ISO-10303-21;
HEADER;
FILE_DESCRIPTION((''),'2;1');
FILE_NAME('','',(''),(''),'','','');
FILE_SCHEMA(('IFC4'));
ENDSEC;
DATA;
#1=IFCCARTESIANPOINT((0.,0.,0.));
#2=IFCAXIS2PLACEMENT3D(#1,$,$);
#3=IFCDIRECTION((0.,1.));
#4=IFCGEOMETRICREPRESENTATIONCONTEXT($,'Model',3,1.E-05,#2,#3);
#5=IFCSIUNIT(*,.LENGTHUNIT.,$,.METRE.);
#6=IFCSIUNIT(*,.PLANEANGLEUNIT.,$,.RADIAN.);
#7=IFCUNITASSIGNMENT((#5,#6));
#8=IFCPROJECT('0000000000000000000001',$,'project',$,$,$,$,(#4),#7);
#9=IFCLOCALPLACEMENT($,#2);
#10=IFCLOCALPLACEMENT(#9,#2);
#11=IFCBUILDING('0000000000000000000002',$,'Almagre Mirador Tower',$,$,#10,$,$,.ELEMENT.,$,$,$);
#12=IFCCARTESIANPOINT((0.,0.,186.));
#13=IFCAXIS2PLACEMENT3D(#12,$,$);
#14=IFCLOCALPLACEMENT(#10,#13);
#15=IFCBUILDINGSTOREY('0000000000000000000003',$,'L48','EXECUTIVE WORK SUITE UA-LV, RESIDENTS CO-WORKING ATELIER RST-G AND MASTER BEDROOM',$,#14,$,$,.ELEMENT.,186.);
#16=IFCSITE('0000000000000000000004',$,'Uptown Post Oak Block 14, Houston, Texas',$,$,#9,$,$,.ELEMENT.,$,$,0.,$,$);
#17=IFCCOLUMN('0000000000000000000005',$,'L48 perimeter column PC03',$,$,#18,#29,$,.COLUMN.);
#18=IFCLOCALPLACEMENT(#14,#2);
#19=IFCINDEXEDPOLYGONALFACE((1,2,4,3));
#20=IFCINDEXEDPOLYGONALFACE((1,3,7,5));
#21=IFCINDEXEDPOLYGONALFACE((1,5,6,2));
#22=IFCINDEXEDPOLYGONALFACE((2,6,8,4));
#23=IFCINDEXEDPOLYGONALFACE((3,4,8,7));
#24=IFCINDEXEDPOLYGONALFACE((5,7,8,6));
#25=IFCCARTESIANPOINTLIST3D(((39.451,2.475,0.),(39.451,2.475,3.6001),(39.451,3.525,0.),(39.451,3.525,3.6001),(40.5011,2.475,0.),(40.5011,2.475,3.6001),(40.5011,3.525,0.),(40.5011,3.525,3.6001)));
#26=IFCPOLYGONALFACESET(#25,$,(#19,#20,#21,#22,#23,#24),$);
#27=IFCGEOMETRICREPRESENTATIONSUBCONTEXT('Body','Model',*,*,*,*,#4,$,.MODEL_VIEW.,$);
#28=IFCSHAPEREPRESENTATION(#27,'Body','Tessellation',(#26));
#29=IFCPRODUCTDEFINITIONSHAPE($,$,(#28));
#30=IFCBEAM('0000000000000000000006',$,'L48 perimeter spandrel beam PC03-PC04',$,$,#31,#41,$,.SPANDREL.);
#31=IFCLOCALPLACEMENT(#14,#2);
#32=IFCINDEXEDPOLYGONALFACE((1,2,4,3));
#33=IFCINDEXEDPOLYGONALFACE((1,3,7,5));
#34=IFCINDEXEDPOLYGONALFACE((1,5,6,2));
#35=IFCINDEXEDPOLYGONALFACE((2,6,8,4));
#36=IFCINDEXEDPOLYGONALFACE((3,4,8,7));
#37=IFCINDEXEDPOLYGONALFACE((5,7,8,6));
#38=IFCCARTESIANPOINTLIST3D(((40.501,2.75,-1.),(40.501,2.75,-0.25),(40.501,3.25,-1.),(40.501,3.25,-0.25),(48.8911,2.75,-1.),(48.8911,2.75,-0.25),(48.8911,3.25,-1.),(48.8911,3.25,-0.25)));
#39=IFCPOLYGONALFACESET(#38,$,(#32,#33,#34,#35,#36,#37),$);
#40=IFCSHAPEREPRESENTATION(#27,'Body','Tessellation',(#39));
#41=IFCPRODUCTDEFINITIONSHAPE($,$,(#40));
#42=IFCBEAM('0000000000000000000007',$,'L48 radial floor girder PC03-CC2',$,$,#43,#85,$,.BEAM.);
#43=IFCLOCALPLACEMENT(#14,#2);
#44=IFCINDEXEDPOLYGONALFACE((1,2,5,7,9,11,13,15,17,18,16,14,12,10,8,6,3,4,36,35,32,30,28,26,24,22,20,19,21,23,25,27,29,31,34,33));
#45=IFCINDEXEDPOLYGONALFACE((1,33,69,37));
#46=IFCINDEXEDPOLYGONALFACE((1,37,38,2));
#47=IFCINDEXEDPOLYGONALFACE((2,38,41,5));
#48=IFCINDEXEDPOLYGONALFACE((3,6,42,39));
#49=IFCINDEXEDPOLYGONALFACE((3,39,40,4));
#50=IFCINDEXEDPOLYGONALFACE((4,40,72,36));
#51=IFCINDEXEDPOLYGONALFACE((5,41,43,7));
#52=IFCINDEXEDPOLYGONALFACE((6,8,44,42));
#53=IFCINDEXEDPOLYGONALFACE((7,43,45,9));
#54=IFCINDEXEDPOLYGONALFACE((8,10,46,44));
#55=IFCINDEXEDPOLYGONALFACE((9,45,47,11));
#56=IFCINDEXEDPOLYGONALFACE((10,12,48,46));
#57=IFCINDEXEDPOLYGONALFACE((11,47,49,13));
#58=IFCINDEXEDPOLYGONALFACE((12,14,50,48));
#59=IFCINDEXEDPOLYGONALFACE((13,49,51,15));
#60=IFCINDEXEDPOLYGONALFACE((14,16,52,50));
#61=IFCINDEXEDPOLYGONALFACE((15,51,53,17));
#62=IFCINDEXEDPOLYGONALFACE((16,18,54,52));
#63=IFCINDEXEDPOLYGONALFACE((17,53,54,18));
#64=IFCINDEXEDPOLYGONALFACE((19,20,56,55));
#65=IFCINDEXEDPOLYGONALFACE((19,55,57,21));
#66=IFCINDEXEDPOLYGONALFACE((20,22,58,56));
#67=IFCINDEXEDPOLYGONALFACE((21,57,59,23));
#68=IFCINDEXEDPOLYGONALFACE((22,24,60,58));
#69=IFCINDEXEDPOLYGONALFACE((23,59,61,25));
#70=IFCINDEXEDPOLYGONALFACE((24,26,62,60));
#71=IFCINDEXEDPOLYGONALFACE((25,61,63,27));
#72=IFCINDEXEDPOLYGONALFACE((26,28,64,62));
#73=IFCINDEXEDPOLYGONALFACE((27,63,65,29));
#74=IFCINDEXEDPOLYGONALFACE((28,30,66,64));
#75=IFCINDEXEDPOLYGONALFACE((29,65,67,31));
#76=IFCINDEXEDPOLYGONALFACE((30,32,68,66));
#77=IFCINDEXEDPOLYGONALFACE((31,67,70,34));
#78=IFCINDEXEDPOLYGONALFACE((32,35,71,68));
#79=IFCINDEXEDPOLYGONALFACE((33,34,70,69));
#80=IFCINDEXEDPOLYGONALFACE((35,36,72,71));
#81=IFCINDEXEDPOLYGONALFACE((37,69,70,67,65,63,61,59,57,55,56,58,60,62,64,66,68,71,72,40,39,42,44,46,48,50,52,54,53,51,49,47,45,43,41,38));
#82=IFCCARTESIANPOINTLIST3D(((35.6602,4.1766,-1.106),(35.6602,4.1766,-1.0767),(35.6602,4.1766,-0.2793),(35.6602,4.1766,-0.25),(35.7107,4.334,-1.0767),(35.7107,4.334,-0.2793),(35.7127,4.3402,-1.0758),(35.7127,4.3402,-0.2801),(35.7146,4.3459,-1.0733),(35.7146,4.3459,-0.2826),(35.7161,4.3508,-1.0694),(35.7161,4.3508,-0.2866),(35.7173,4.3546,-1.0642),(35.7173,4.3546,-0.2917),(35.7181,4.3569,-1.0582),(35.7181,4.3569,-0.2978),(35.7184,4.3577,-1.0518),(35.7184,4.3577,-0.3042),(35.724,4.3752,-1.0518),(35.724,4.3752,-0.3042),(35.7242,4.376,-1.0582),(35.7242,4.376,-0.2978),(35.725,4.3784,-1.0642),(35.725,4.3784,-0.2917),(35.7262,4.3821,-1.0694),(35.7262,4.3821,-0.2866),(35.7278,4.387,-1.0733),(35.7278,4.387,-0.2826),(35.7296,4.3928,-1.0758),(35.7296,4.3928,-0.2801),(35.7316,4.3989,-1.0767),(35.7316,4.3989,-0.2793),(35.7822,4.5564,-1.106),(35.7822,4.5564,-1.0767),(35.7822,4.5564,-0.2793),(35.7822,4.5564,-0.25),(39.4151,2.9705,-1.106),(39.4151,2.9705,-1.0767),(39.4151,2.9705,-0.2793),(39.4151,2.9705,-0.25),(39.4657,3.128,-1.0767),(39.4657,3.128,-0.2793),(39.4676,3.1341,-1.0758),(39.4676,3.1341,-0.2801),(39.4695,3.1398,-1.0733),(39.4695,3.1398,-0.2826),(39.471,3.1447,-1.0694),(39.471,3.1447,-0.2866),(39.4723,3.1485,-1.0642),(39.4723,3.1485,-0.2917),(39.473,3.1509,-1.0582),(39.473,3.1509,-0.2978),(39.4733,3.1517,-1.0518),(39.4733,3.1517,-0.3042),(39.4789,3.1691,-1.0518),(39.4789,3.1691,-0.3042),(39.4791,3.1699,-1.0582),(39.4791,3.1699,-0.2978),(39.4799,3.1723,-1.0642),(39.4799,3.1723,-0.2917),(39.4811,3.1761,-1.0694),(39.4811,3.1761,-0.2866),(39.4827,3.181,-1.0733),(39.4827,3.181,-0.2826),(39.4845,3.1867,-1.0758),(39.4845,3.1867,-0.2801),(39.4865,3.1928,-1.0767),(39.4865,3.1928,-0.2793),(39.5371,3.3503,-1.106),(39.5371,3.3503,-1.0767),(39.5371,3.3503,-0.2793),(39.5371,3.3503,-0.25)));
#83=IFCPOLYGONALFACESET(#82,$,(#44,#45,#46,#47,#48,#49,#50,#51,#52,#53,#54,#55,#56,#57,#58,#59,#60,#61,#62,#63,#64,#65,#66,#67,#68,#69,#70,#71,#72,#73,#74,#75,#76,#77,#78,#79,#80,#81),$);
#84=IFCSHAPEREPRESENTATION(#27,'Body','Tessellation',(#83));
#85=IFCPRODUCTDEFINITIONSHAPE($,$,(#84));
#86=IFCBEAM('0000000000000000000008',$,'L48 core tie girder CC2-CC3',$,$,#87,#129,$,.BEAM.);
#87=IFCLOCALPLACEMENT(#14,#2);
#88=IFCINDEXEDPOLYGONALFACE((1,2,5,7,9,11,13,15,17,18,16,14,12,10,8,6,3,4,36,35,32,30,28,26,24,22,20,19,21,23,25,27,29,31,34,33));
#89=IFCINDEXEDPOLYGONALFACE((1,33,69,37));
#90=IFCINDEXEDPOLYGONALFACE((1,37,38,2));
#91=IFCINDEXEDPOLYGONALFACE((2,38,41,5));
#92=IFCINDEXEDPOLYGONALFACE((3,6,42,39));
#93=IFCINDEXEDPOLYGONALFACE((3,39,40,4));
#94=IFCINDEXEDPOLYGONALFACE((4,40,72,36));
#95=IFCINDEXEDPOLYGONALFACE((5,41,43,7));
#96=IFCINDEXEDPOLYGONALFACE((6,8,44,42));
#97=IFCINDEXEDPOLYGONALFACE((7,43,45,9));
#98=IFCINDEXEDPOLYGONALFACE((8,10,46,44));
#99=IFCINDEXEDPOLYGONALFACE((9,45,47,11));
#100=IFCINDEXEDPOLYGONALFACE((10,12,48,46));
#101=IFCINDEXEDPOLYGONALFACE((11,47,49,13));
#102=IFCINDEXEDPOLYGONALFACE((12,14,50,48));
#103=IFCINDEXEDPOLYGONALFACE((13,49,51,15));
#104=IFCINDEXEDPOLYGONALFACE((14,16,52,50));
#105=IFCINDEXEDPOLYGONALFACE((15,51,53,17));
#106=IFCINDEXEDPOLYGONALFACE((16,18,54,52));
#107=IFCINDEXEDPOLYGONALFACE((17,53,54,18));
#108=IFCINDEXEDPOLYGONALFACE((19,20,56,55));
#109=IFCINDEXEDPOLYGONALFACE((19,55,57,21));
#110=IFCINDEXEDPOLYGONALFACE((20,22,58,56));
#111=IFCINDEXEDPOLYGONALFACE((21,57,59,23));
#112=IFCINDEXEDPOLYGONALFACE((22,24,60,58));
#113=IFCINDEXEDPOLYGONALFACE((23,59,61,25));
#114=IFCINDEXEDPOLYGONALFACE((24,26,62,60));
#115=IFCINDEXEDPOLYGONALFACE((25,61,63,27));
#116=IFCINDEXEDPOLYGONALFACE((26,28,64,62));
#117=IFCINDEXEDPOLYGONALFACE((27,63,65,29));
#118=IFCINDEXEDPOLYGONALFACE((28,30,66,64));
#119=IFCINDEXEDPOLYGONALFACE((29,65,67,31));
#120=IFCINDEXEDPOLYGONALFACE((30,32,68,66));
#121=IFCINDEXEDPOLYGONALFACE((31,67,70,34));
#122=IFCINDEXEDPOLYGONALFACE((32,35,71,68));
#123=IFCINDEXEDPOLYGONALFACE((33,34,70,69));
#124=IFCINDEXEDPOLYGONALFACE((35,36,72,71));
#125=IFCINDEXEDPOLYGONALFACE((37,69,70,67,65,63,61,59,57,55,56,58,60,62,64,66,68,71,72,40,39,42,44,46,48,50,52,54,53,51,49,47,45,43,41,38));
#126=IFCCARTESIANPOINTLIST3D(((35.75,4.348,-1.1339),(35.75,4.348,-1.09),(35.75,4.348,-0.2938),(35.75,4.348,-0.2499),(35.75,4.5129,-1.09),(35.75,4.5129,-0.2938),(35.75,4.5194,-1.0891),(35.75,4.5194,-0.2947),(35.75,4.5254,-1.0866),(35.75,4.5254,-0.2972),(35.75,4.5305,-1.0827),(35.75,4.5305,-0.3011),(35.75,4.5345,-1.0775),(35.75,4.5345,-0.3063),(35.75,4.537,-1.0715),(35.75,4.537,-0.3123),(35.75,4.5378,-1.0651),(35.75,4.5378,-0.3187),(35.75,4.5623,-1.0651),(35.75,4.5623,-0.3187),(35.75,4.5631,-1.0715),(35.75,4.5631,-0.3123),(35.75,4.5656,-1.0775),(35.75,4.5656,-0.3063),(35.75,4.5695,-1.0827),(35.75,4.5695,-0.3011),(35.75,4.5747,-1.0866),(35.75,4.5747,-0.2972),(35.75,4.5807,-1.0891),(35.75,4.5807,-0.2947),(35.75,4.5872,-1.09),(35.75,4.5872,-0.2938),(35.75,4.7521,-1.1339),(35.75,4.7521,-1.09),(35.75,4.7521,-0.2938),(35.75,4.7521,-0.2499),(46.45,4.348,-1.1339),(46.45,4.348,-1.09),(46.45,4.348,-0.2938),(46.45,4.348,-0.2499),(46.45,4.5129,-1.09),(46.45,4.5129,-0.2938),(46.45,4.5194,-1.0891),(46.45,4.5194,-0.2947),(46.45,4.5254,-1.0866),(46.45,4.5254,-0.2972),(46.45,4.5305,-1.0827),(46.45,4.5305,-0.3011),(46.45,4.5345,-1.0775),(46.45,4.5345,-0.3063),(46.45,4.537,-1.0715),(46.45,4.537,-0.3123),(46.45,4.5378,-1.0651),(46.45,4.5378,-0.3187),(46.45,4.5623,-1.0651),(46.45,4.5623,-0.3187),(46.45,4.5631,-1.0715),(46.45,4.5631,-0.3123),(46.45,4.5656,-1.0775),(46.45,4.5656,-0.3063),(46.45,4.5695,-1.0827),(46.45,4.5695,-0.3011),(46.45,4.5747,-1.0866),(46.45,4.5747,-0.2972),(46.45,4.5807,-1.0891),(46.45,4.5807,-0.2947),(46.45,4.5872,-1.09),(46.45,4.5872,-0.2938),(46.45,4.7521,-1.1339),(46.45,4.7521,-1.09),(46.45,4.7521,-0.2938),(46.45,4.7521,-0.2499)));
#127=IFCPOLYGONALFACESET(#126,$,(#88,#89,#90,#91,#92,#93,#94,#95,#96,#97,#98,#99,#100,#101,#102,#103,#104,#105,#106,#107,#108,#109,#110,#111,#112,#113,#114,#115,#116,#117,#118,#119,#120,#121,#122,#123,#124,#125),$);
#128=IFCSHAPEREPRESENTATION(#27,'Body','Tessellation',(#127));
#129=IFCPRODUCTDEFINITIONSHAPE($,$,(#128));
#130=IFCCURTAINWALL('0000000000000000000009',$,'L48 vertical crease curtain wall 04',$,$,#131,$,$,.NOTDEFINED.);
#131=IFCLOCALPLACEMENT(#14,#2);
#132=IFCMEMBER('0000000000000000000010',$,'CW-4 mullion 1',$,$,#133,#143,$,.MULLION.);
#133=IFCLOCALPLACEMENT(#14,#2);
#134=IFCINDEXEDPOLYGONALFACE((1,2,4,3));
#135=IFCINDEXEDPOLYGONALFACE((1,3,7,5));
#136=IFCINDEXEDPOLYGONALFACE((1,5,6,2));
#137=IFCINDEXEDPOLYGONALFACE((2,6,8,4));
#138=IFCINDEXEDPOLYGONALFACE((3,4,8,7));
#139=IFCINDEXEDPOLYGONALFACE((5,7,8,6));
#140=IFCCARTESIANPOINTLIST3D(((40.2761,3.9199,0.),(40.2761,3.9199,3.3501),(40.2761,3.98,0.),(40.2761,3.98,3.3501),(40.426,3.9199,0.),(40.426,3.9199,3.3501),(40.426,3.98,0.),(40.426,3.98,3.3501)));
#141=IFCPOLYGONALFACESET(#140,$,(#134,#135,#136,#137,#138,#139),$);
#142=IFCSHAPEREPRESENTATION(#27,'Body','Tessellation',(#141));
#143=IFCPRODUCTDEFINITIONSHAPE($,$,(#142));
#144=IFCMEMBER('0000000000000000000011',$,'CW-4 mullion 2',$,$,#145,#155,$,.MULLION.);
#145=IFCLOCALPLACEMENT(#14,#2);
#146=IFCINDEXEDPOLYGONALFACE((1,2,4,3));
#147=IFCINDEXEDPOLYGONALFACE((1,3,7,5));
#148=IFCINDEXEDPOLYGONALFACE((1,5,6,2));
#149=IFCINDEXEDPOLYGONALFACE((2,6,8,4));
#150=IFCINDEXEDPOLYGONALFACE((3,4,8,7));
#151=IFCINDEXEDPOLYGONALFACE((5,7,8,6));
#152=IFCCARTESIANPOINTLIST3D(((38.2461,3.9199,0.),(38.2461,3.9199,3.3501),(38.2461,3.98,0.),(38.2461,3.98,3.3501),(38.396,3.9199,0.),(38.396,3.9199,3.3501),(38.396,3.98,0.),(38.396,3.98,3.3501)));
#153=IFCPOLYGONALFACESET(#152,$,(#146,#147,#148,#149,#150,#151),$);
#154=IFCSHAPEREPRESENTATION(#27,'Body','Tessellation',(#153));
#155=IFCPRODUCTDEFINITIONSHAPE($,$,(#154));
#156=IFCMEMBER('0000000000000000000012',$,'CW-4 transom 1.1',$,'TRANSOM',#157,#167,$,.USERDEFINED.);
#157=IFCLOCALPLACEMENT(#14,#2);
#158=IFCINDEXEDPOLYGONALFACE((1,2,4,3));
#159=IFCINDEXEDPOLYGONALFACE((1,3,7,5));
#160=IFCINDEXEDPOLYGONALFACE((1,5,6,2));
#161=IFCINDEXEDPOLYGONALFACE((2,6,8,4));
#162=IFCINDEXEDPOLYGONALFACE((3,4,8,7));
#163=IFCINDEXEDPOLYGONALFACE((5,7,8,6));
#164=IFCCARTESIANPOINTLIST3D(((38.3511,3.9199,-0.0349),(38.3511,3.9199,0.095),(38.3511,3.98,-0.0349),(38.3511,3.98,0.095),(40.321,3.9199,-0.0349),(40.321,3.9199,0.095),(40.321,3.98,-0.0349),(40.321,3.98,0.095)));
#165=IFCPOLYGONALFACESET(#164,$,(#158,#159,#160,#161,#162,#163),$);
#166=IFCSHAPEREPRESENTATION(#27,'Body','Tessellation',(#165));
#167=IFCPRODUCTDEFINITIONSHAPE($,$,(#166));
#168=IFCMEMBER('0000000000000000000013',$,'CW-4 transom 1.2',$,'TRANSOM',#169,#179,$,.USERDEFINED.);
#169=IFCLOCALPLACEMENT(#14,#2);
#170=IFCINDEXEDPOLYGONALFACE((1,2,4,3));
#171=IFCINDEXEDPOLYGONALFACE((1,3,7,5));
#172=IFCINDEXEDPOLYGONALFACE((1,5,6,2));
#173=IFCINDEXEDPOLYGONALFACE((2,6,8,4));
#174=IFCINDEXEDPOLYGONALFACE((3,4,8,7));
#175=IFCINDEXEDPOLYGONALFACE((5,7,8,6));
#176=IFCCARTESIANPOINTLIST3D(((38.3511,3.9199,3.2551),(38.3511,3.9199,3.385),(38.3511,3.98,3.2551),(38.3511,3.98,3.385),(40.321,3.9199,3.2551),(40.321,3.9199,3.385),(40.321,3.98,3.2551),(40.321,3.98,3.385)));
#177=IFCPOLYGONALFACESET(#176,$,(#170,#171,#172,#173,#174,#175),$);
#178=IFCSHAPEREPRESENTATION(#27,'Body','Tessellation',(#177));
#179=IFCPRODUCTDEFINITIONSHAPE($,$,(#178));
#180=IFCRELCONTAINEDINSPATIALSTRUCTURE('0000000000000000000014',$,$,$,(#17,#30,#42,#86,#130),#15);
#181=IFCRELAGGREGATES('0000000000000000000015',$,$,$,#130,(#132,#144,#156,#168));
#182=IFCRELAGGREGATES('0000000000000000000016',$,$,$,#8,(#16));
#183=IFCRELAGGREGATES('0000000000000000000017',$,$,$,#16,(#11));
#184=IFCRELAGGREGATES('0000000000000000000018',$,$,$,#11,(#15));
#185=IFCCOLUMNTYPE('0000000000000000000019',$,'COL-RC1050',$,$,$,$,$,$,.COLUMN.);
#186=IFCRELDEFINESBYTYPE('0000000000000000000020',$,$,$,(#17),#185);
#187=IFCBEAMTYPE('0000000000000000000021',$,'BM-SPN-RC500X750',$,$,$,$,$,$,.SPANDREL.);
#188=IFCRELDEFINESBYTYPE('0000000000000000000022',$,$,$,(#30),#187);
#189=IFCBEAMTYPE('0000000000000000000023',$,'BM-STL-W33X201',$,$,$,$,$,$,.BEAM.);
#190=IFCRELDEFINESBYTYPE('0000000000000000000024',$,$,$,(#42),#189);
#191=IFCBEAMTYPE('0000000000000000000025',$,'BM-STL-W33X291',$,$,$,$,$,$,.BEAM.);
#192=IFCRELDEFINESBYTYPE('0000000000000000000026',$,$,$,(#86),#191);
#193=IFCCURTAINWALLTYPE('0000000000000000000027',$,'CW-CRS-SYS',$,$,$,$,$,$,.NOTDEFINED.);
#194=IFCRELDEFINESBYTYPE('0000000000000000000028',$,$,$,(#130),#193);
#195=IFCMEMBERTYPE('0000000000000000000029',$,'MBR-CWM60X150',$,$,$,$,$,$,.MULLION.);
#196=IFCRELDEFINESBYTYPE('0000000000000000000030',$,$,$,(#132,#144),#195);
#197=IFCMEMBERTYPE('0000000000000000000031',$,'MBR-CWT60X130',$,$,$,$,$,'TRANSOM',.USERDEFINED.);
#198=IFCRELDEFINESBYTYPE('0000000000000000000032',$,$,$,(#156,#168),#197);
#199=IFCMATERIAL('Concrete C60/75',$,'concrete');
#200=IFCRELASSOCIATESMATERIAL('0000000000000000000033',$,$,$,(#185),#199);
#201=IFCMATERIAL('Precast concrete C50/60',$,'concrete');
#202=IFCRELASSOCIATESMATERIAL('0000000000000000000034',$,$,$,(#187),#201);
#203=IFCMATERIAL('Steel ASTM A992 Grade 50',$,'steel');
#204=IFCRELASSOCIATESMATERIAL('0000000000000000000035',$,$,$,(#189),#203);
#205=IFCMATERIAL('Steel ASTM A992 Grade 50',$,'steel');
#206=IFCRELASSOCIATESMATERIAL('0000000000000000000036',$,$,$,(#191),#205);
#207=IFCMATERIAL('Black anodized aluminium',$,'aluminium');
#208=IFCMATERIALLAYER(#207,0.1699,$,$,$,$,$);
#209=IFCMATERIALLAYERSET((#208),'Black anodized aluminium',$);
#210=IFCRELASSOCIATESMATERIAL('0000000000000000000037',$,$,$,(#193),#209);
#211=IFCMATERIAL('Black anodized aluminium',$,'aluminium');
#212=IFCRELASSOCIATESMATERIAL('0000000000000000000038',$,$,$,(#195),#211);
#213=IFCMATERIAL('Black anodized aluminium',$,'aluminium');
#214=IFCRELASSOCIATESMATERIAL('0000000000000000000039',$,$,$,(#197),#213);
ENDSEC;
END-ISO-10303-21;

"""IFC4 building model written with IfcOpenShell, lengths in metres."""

from ifc_helpers import new_model, si_unit, direction, frame, origin, origin_2d, place, context, subcontext, project, spatial, rectangle, i_section, extrude, material, layer, layer_set, material_profile, profile_set, type_object, element, aggregate, save


model = new_model("IFC4")

# Units and contexts
model_context = context("Model", 3, precision=1e-05, world=origin(), true_north=direction((0.0, 1.0)))
body_context = subcontext(model_context, "Body", "Model", "MODEL_VIEW")
ifc_project = project(units=[si_unit("LENGTHUNIT", "METRE"), si_unit("PLANEANGLEUNIT", "RADIAN")], contexts=[model_context])

# Site, building, storey
site_placement = place(None, origin())
site = spatial("IfcSite", under=ifc_project, at=site_placement, Name="Uptown Post Oak Block 14, Houston, Texas", CompositionType="ELEMENT", RefElevation=0.0)
building_placement = place(site_placement, origin())
building = spatial("IfcBuilding", under=site, at=building_placement, Name="Almagre Mirador Tower", CompositionType="ELEMENT")
storey_placement = place(building_placement, frame((0.0, 0.0, 186.0)))
storey = spatial("IfcBuildingStorey", under=building, at=storey_placement, Name="L48", Description="EXECUTIVE WORK SUITE UA-LV, RESIDENTS CO-WORKING ATELIER RST-G AND MASTER BEDROOM", CompositionType="ELEMENT", Elevation=186.0)

# Column
ifc_material_1 = material(Name="Concrete C60/75", Category="concrete")
ifc_material_profile_1 = material_profile(ifc_material_1, rectangle(XDim=1.05, YDim=1.05, at=origin_2d()), Name="RC1050X1050")
ifc_profile_set_1 = profile_set([ifc_material_profile_1], Name="Concrete C60/75")
column_type = type_object("IfcColumnType", Name="COL-RC1050", PredefinedType="COLUMN", material=ifc_profile_set_1)
column_placement = place(storey_placement, frame((39.9761, 3.0, 0.0), z_axis=(0.0, 0.0, 1.0), x_axis=(1.0, 0.0, 0.0)))
element("IfcColumn", 1, at=column_placement, inside=storey, type_object=column_type, Name="L48 perimeter column PC03", PredefinedType="COLUMN", context=body_context, shape_type="SweptSolid", body=[
    extrude(rectangle(XDim=1.05, YDim=1.05, at=origin_2d()), origin(), (0.0, 0.0, 1.0), 3.6001),
])

# Beams
ifc_material_2 = material(Name="Precast concrete C50/60", Category="concrete")
ifc_material_profile_2 = material_profile(ifc_material_2, rectangle(XDim=0.5, YDim=0.75, at=origin_2d()), Name="RC500X750")
ifc_profile_set_2 = profile_set([ifc_material_profile_2], Name="Precast concrete C50/60")
beam_type_1 = type_object("IfcBeamType", Name="BM-SPN-RC500X750", PredefinedType="SPANDREL", material=ifc_profile_set_2)
beam_1_placement = place(storey_placement, frame((40.501, 3.0, -0.625), z_axis=(1.0, 0.0, 0.0), x_axis=(0.0, 1.0, 0.0)))
element("IfcBeam", 2, at=beam_1_placement, inside=storey, type_object=beam_type_1, Name="L48 perimeter spandrel beam PC03-PC04", PredefinedType="SPANDREL", context=body_context, shape_type="SweptSolid", body=[
    extrude(rectangle(XDim=0.5, YDim=0.75, at=origin_2d()), origin(), (0.0, 0.0, 1.0), 8.3901),
])
ifc_material_3 = material(Name="Steel ASTM A992 Grade 50", Category="steel")
ifc_material_profile_3 = material_profile(ifc_material_3, i_section(OverallWidth=0.3989, OverallDepth=0.856, WebThickness=0.0183, FlangeThickness=0.0293, FilletRadius=0.0249, at=origin_2d()), Name="W33X201")
ifc_profile_set_3 = profile_set([ifc_material_profile_3], Name="Steel ASTM A992 Grade 50")
beam_type_2 = type_object("IfcBeamType", Name="BM-STL-W33X201", PredefinedType="BEAM", material=ifc_profile_set_3)
beam_2_placement = place(storey_placement, frame((39.4761, 3.1604, -0.678), z_axis=(-0.952093, 0.305809, 0.0), x_axis=(-0.305809, -0.952093, 0.0)))
element("IfcBeam", 3, at=beam_2_placement, inside=storey, type_object=beam_type_2, Name="L48 radial floor girder PC03-CC2", PredefinedType="BEAM", context=body_context, shape_type="SweptSolid", body=[
    extrude(i_section(OverallWidth=0.3989, OverallDepth=0.856, WebThickness=0.0183, FlangeThickness=0.0293, FilletRadius=0.0249, at=origin_2d()), origin(), (0.0, 0.0, 1.0), 3.9438),
])
ifc_material_4 = material(Name="Steel ASTM A992 Grade 50", Category="steel")
ifc_material_profile_4 = material_profile(ifc_material_4, i_section(OverallWidth=0.4041, OverallDepth=0.884, WebThickness=0.0244, FlangeThickness=0.0439, FilletRadius=0.0249, at=origin_2d()), Name="W33X291")
ifc_profile_set_4 = profile_set([ifc_material_profile_4], Name="Steel ASTM A992 Grade 50")
beam_type_3 = type_object("IfcBeamType", Name="BM-STL-W33X291", PredefinedType="BEAM", material=ifc_profile_set_4)
beam_3_placement = place(storey_placement, frame((35.75, 4.55, -0.6919), z_axis=(1.0, 0.0, 0.0), x_axis=(0.0, 1.0, 0.0)))
element("IfcBeam", 4, at=beam_3_placement, inside=storey, type_object=beam_type_3, Name="L48 core tie girder CC2-CC3", PredefinedType="BEAM", context=body_context, shape_type="SweptSolid", body=[
    extrude(i_section(OverallWidth=0.4041, OverallDepth=0.884, WebThickness=0.0244, FlangeThickness=0.0439, FilletRadius=0.0249, at=origin_2d()), origin(), (0.0, 0.0, 1.0), 10.7),
])

# Curtain wall, members
ifc_material_5 = material(Name="Black anodized aluminium", Category="aluminium")
ifc_layer_1 = layer(ifc_material_5, 0.1699)
ifc_layer_set_1 = layer_set([ifc_layer_1], Name="Black anodized aluminium")
curtain_wall_type = type_object("IfcCurtainWallType", Name="CW-CRS-SYS", PredefinedType="NOTDEFINED", material=ifc_layer_set_1)
curtain_wall_placement = place(storey_placement, origin())
curtain_wall = element("IfcCurtainWall", 5, at=curtain_wall_placement, inside=storey, type_object=curtain_wall_type, Name="L48 vertical crease curtain wall 04", PredefinedType="NOTDEFINED")
ifc_material_6 = material(Name="Black anodized aluminium", Category="aluminium")
ifc_material_profile_5 = material_profile(ifc_material_6, rectangle(XDim=0.0601, YDim=0.1499, at=origin_2d()), Name="CWM60X150")
ifc_profile_set_5 = profile_set([ifc_material_profile_5], Name="Black anodized aluminium")
member_type_1 = type_object("IfcMemberType", Name="MBR-CWM60X150", PredefinedType="MULLION", material=ifc_profile_set_5)
member_1_placement = place(storey_placement, frame((40.3511, 3.95, 0.0), z_axis=(0.0, 0.0, 1.0), x_axis=(0.0, -1.0, 0.0)))
member_1 = element("IfcMember", 6, at=member_1_placement, type_object=member_type_1, Name="CW-4 mullion 1", PredefinedType="MULLION", context=body_context, shape_type="SweptSolid", body=[
    extrude(rectangle(XDim=0.0601, YDim=0.1499, at=origin_2d()), origin(), (0.0, 0.0, 1.0), 3.3501),
])
member_2_placement = place(storey_placement, frame((38.321, 3.95, 0.0), z_axis=(0.0, 0.0, 1.0), x_axis=(0.0, -1.0, 0.0)))
member_2 = element("IfcMember", 7, at=member_2_placement, type_object=member_type_1, Name="CW-4 mullion 2", PredefinedType="MULLION", context=body_context, shape_type="SweptSolid", body=[
    extrude(rectangle(XDim=0.0601, YDim=0.1499, at=origin_2d()), origin(), (0.0, 0.0, 1.0), 3.3501),
])
ifc_material_7 = material(Name="Black anodized aluminium", Category="aluminium")
ifc_material_profile_6 = material_profile(ifc_material_7, rectangle(XDim=0.0601, YDim=0.1299, at=origin_2d()), Name="CWT60X130")
ifc_profile_set_6 = profile_set([ifc_material_profile_6], Name="Black anodized aluminium")
member_type_2 = type_object("IfcMemberType", Name="MBR-CWT60X130", ElementType="TRANSOM", PredefinedType="USERDEFINED", material=ifc_profile_set_6)
member_3_placement = place(storey_placement, frame((40.321, 3.95, 0.03), z_axis=(-1.0, 0.0, 0.0), x_axis=(0.0, -1.0, 0.0)))
member_3 = element("IfcMember", 8, at=member_3_placement, type_object=member_type_2, Name="CW-4 transom 1.1", ObjectType="TRANSOM", PredefinedType="USERDEFINED", context=body_context, shape_type="SweptSolid", body=[
    extrude(rectangle(XDim=0.0601, YDim=0.1299, at=origin_2d()), origin(), (0.0, 0.0, 1.0), 1.97),
])
member_4_placement = place(storey_placement, frame((40.321, 3.95, 3.3201), z_axis=(-1.0, 0.0, 0.0), x_axis=(0.0, -1.0, 0.0)))
member_4 = element("IfcMember", 9, at=member_4_placement, type_object=member_type_2, Name="CW-4 transom 1.2", ObjectType="TRANSOM", PredefinedType="USERDEFINED", context=body_context, shape_type="SweptSolid", body=[
    extrude(rectangle(XDim=0.0601, YDim=0.1299, at=origin_2d()), origin(), (0.0, 0.0, 1.0), 1.97),
])
aggregate(curtain_wall, [member_1, member_2, member_3, member_4])

save(model, "model.ifc")
